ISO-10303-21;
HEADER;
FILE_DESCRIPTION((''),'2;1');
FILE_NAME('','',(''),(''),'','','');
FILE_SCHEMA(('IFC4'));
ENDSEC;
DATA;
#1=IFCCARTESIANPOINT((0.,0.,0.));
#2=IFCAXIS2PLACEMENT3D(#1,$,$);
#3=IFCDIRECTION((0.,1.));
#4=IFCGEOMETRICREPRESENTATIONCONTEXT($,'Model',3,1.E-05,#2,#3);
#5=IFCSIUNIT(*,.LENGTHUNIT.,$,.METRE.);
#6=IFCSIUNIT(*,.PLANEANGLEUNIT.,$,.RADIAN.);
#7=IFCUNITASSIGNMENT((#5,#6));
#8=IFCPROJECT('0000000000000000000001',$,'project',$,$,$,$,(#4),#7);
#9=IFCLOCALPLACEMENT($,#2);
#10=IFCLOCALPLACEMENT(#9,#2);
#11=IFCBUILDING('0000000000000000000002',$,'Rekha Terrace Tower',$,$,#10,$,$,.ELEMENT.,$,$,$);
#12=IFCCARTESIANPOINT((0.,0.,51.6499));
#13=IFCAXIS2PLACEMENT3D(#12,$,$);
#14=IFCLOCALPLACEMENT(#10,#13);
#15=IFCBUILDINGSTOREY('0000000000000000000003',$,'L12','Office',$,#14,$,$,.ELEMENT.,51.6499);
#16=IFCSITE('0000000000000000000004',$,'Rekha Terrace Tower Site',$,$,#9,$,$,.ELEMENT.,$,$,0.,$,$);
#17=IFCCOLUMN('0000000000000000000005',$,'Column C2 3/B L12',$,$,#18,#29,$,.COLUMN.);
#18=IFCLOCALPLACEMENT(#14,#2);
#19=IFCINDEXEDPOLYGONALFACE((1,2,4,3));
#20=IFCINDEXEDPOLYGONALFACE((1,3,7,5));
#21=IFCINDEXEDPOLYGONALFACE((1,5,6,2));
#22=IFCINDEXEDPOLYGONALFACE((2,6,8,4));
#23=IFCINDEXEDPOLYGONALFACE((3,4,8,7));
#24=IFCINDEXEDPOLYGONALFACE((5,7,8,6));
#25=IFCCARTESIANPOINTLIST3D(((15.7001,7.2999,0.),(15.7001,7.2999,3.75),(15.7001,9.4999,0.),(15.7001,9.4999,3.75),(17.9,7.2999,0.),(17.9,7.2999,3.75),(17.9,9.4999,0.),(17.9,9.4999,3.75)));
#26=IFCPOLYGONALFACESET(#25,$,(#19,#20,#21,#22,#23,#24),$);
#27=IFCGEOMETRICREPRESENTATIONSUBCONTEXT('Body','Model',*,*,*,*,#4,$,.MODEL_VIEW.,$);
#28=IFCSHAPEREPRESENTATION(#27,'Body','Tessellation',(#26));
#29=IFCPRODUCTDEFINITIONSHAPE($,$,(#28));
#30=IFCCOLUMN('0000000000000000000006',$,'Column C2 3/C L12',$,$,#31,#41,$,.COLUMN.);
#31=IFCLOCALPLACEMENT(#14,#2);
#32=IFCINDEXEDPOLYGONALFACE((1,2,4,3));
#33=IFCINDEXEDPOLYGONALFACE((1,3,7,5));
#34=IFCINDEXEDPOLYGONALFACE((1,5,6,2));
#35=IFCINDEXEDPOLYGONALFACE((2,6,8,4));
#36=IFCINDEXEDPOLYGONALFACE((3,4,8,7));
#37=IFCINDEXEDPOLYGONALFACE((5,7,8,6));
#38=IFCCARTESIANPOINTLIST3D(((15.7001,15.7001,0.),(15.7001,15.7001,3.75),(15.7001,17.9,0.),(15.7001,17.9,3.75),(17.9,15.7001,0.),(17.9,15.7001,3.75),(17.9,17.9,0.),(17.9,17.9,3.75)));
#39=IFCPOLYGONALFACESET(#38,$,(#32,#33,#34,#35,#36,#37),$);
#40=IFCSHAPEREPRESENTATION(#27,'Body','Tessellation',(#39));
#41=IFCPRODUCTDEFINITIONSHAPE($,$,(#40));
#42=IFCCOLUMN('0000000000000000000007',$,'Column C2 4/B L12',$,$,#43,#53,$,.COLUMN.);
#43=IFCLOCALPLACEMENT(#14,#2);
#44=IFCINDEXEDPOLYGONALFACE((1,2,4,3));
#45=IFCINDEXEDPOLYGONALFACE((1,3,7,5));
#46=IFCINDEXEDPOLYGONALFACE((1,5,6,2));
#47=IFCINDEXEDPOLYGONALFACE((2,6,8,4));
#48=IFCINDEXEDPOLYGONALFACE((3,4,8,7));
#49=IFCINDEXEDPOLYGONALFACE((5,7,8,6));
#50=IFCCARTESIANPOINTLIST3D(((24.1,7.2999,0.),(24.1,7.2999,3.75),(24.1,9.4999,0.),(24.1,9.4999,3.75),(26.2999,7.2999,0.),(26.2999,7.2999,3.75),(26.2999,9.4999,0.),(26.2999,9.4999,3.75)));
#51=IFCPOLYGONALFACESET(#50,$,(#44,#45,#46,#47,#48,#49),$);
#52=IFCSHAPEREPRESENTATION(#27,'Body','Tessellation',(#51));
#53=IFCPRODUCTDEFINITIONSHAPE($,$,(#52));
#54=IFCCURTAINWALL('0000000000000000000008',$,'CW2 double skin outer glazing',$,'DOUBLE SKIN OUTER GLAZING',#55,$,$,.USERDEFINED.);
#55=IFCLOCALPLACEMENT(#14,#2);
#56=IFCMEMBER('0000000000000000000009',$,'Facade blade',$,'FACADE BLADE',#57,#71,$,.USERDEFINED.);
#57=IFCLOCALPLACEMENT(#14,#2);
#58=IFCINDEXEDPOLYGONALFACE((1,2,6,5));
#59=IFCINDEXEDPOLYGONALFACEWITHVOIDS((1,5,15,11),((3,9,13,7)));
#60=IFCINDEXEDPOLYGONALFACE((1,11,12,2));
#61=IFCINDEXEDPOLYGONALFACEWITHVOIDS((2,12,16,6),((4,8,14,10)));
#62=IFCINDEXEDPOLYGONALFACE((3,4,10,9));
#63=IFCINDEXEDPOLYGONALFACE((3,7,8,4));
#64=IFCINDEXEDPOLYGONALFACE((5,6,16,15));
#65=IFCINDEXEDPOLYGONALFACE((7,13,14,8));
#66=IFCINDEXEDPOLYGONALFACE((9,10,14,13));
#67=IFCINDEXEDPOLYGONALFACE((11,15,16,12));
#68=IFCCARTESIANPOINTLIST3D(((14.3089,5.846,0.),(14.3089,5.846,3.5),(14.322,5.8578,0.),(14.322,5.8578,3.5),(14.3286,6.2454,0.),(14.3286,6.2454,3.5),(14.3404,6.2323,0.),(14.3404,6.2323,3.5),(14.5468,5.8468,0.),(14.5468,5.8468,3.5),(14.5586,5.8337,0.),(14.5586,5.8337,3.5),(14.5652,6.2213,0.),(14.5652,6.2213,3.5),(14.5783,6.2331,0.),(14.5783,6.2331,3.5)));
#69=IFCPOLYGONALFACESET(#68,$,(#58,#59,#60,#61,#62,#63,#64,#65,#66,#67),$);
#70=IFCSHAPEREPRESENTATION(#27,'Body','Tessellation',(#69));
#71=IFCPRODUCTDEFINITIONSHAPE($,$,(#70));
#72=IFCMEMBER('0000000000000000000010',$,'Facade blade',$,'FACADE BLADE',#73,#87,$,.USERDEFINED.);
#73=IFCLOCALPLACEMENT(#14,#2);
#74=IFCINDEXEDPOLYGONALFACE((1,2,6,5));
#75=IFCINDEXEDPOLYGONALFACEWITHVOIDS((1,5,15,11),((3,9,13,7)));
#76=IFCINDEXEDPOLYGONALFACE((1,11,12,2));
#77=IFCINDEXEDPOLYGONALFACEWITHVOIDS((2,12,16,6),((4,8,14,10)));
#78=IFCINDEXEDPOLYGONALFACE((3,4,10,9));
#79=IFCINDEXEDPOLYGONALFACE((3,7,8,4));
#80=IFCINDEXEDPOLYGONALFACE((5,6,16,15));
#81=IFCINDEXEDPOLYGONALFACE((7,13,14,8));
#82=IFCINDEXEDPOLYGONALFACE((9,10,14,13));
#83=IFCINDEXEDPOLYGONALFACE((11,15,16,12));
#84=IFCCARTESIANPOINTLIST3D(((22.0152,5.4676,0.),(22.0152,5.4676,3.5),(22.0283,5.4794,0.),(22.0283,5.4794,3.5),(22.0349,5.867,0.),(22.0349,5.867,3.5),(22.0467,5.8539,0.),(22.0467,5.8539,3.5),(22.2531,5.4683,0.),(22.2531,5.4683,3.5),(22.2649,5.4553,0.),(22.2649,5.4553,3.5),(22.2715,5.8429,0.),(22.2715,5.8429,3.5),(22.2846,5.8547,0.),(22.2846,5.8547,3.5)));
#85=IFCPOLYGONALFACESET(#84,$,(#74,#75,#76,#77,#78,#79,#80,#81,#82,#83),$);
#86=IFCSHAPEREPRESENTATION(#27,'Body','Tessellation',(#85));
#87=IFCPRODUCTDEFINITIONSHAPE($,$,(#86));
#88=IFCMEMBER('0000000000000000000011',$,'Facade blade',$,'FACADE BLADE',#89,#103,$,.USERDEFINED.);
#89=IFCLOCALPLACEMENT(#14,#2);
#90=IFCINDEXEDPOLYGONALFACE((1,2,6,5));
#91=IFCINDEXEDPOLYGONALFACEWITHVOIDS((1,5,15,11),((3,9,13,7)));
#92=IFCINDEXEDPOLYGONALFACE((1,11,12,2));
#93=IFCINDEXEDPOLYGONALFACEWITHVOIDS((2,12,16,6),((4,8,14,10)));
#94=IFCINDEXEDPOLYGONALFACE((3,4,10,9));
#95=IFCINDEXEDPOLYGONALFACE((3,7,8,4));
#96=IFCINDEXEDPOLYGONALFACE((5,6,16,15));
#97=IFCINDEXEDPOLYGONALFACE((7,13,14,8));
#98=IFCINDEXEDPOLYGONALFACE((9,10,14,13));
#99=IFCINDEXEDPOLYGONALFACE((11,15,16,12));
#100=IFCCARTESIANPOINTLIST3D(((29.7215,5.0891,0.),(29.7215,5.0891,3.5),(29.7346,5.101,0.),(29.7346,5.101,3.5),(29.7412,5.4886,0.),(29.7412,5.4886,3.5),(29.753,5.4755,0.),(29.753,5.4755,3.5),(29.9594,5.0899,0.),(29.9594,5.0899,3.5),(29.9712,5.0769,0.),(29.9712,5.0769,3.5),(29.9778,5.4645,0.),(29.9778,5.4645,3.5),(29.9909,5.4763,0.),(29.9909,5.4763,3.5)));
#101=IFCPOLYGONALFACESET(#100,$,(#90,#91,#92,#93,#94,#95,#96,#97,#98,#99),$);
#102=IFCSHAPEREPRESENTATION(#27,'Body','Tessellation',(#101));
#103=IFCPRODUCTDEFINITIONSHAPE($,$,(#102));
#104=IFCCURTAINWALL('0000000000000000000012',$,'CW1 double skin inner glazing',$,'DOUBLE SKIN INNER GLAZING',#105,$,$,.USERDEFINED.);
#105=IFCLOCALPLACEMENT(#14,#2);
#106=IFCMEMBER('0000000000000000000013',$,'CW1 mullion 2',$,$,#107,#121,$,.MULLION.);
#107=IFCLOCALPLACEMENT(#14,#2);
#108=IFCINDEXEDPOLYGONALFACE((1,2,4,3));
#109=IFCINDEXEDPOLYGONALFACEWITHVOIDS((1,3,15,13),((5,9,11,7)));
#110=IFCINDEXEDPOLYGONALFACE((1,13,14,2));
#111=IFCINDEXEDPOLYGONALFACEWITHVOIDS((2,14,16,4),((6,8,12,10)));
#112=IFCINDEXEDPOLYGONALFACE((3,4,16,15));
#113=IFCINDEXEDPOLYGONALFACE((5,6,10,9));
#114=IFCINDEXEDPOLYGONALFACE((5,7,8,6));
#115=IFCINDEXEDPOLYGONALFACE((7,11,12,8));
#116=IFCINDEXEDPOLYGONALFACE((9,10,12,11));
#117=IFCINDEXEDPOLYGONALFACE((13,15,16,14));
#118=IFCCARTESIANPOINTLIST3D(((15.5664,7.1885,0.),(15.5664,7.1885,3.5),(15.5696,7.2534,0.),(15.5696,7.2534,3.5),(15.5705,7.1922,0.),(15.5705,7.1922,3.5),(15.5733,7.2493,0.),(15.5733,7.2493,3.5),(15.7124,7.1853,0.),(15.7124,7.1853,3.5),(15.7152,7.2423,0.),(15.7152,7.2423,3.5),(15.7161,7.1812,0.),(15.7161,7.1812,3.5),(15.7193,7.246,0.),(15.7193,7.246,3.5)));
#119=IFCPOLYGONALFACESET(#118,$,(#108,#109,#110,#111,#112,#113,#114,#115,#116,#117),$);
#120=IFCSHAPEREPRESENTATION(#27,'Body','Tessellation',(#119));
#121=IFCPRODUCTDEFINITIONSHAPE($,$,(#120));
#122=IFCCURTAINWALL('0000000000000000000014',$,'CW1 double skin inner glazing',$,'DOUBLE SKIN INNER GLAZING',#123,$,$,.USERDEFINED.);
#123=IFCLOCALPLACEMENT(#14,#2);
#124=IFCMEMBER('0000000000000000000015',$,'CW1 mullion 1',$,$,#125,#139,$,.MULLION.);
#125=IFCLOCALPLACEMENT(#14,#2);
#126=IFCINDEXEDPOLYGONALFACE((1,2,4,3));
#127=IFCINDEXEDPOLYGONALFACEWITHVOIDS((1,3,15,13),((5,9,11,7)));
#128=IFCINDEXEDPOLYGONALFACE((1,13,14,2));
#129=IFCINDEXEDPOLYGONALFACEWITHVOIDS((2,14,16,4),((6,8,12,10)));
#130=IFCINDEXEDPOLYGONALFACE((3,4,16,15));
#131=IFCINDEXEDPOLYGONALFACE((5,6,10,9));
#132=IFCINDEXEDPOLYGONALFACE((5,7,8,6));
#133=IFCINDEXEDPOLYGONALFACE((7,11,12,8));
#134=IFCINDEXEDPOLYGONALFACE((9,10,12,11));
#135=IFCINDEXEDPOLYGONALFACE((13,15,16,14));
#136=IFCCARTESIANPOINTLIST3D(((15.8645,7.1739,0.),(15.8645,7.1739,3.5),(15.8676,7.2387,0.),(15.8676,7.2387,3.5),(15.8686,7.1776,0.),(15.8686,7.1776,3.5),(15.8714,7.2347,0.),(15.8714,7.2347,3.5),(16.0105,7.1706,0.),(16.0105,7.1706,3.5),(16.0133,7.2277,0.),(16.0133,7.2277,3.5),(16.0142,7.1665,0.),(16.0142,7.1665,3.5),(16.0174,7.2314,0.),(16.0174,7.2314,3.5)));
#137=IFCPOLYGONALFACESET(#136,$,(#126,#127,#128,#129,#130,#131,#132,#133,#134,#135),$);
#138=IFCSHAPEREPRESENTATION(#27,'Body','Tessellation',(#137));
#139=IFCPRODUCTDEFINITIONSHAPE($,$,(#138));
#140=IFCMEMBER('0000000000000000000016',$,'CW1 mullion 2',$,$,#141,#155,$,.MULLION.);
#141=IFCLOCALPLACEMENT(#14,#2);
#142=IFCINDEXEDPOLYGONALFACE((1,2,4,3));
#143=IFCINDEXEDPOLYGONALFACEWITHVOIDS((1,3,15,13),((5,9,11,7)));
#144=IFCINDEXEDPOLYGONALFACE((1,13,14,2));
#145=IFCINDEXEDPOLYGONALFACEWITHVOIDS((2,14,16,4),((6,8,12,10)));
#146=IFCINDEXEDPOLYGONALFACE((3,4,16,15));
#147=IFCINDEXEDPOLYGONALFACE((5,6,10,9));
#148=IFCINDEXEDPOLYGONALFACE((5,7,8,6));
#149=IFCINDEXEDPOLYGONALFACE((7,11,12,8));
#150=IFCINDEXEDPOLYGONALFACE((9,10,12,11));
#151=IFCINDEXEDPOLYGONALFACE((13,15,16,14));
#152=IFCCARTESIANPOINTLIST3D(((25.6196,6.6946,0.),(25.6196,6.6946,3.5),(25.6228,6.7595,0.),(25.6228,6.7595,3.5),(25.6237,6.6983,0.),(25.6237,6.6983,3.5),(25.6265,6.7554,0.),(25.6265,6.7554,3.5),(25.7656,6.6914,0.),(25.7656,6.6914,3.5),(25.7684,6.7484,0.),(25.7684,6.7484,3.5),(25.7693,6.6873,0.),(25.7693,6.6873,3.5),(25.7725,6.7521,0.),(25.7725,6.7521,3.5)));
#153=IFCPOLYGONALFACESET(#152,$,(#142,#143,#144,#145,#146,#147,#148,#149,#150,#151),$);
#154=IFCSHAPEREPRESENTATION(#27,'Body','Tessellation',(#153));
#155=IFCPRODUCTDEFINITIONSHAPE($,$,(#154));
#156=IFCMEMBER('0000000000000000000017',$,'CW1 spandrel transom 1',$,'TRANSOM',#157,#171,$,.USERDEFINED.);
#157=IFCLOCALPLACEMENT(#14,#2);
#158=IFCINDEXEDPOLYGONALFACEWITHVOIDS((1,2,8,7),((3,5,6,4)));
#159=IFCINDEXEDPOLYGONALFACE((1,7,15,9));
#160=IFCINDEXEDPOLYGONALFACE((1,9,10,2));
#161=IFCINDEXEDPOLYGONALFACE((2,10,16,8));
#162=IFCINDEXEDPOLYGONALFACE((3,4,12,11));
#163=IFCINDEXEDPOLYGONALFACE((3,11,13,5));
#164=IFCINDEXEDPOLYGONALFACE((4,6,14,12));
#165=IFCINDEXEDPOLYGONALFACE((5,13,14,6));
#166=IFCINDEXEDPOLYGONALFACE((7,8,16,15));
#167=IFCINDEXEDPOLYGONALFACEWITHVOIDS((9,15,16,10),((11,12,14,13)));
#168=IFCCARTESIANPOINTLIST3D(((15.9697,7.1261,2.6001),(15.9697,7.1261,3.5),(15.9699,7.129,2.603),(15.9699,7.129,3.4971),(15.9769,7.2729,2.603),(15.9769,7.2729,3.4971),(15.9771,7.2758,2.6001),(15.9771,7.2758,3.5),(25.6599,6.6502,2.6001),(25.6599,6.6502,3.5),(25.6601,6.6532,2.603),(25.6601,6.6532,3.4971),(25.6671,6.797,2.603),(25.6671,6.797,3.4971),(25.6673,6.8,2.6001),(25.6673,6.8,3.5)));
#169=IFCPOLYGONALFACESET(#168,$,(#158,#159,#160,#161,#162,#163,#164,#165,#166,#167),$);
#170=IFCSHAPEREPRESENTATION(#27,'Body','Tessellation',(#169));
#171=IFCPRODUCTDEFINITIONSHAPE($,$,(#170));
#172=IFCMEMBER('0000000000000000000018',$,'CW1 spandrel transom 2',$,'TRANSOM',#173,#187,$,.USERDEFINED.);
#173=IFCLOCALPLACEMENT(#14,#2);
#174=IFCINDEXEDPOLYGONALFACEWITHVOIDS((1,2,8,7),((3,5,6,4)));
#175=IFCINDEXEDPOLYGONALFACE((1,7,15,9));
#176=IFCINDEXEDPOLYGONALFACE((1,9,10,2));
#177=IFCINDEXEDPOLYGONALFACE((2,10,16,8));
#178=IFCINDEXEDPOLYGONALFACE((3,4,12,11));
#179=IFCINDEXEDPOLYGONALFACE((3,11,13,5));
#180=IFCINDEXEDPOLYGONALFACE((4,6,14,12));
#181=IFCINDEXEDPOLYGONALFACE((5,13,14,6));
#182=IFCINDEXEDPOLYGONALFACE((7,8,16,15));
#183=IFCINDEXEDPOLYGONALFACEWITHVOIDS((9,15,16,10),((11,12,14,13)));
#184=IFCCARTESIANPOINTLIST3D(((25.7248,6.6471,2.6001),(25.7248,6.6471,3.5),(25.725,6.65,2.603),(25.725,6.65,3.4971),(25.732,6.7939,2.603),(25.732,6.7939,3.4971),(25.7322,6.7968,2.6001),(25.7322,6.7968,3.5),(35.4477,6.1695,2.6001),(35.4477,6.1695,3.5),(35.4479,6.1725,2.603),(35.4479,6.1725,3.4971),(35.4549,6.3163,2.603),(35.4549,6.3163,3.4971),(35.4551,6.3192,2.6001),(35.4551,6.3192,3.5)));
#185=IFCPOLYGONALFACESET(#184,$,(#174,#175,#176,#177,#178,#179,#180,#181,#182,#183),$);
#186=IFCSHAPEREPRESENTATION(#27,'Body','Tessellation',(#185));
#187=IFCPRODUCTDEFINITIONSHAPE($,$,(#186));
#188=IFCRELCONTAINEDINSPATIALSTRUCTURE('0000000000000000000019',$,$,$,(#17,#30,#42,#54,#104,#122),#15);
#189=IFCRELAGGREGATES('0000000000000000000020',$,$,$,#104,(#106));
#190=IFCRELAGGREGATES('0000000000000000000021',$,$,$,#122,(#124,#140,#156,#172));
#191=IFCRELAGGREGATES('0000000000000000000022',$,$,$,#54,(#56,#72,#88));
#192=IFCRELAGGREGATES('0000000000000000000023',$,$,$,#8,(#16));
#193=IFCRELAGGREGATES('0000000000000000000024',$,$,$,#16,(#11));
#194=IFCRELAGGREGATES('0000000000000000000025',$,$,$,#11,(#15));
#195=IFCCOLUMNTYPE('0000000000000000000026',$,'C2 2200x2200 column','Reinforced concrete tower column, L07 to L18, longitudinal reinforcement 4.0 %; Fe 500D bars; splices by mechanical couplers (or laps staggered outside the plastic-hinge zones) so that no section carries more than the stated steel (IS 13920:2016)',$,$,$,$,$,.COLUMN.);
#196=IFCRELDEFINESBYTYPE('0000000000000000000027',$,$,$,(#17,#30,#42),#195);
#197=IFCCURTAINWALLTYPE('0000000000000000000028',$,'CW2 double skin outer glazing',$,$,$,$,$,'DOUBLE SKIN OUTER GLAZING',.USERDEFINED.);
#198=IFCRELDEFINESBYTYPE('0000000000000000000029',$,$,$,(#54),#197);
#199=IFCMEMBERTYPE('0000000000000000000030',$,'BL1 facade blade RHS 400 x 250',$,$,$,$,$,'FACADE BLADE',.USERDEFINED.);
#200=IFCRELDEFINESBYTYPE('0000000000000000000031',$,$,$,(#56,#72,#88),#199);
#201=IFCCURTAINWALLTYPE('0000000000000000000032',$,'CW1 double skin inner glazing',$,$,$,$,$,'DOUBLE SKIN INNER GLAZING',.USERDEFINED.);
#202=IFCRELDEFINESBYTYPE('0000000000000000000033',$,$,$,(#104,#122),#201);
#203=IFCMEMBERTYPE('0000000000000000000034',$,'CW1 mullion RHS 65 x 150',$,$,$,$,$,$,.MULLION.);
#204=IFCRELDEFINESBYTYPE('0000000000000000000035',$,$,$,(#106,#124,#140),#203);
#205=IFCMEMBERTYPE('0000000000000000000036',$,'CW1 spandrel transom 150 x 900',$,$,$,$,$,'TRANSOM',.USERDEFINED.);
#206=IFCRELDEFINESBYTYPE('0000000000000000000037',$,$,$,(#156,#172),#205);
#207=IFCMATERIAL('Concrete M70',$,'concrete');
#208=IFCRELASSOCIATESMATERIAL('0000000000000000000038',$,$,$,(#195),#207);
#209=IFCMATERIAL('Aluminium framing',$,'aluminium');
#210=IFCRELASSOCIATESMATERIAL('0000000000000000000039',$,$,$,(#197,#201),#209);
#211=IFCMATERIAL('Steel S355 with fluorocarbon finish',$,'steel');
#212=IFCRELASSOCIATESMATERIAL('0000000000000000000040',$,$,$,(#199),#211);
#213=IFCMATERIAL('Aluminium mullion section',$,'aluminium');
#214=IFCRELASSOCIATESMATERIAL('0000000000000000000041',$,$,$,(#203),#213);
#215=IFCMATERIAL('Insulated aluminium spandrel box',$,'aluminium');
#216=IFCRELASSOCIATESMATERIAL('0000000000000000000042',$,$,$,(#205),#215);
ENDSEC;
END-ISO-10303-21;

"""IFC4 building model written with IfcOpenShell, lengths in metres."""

from ifc_helpers import new_model, si_unit, direction, frame, origin, origin_2d, place, context, subcontext, project, spatial, rectangle, hollow_rectangle, extrude, material, material_profile, profile_set, type_object, element, aggregate, save


model = new_model("IFC4")

# Units and contexts
model_context = context("Model", 3, precision=1e-05, world=origin(), true_north=direction((0.0, 1.0)))
body_context = subcontext(model_context, "Body", "Model", "MODEL_VIEW")
ifc_project = project(units=[si_unit("LENGTHUNIT", "METRE"), si_unit("PLANEANGLEUNIT", "RADIAN")], contexts=[model_context])

# Site, building, storey
site_placement = place(None, origin())
site = spatial("IfcSite", under=ifc_project, at=site_placement, Name="Rekha Terrace Tower Site", CompositionType="ELEMENT", RefElevation=0.0)
building_placement = place(site_placement, origin())
building = spatial("IfcBuilding", under=site, at=building_placement, Name="Rekha Terrace Tower", CompositionType="ELEMENT")
storey_placement = place(building_placement, frame((0.0, 0.0, 51.6499)))
storey = spatial("IfcBuildingStorey", under=building, at=storey_placement, Name="L12", Description="Office", CompositionType="ELEMENT", Elevation=51.6499)

# Columns
ifc_material_1 = material(Name="Concrete M70", Category="concrete")
ifc_material_profile_1 = material_profile(ifc_material_1, rectangle(XDim=2.2, YDim=2.2, at=origin_2d()), Name="RC 2200x2200")
ifc_profile_set_1 = profile_set([ifc_material_profile_1], Name="Concrete M70")
column_type = type_object("IfcColumnType", Name="C2 2200x2200 column", Description="Reinforced concrete tower column, L07 to L18, longitudinal reinforcement 4.0 %; Fe 500D bars; splices by mechanical couplers (or laps staggered outside the plastic-hinge zones) so that no section carries more than the stated steel (IS 13920:2016)", PredefinedType="COLUMN", material=ifc_profile_set_1)
for number, where, z_axis, x_axis, name in (
    (1, (16.8, 8.3999, 0.0), (0.0, 0.0, 1.0), (1.0, 0.0, 0.0), "Column C2 3/B L12"),
    (2, (16.8, 16.8, 0.0), (0.0, 0.0, 1.0), (1.0, 0.0, 0.0), "Column C2 3/C L12"),
    (3, (25.2, 8.3999, 0.0), (0.0, 0.0, 1.0), (1.0, 0.0, 0.0), "Column C2 4/B L12"),
):
    element("IfcColumn", number, at=place(storey_placement, frame(where, z_axis=z_axis, x_axis=x_axis)), inside=storey, type_object=column_type, Name=name, PredefinedType="COLUMN", context=body_context, shape_type="SweptSolid", body=[
        extrude(rectangle(XDim=2.2, YDim=2.2, at=origin_2d()), origin(), (0.0, 0.0, 1.0), 3.75),
    ])

# Curtain wall, members
ifc_material_2 = material(Name="Aluminium framing", Category="aluminium")
curtain_wall_type_1 = type_object("IfcCurtainWallType", Name="CW2 double skin outer glazing", ElementType="DOUBLE SKIN OUTER GLAZING", PredefinedType="USERDEFINED", material=ifc_material_2)
curtain_wall_1_placement = place(storey_placement, origin())
curtain_wall_1 = element("IfcCurtainWall", 4, at=curtain_wall_1_placement, inside=storey, type_object=curtain_wall_type_1, Name="CW2 double skin outer glazing", ObjectType="DOUBLE SKIN OUTER GLAZING", PredefinedType="USERDEFINED")
ifc_material_3 = material(Name="Steel S355 with fluorocarbon finish", Category="steel")
ifc_material_profile_2 = material_profile(ifc_material_3, hollow_rectangle(XDim=0.25, YDim=0.3999, WallThickness=0.0125, at=origin_2d()), Name="RHS400x250x12.5")
ifc_profile_set_2 = profile_set([ifc_material_profile_2], Name="Steel S355 with fluorocarbon finish")
member_type_1 = type_object("IfcMemberType", Name="BL1 facade blade RHS 400 x 250", ElementType="FACADE BLADE", PredefinedType="USERDEFINED", material=ifc_profile_set_2)
member_1_placement = place(storey_placement, frame((14.4436, 6.0396, 0.0), z_axis=(0.0, 0.0, 1.0), x_axis=(0.998796, -0.049052, 0.0)))
member_1 = element("IfcMember", 5, at=member_1_placement, type_object=member_type_1, Name="Facade blade", ObjectType="FACADE BLADE", PredefinedType="USERDEFINED", context=body_context, shape_type="SweptSolid", body=[
    extrude(hollow_rectangle(XDim=0.25, YDim=0.3999, WallThickness=0.0125, at=origin_2d()), origin(), (0.0, 0.0, 1.0), 3.5),
])
member_2_placement = place(storey_placement, frame((22.1499, 5.6611, 0.0), z_axis=(0.0, 0.0, 1.0), x_axis=(0.998796, -0.049052, 0.0)))
member_2 = element("IfcMember", 6, at=member_2_placement, type_object=member_type_1, Name="Facade blade", ObjectType="FACADE BLADE", PredefinedType="USERDEFINED", context=body_context, shape_type="SweptSolid", body=[
    extrude(hollow_rectangle(XDim=0.25, YDim=0.3999, WallThickness=0.0125, at=origin_2d()), origin(), (0.0, 0.0, 1.0), 3.5),
])
member_3_placement = place(storey_placement, frame((29.8562, 5.2827, 0.0), z_axis=(0.0, 0.0, 1.0), x_axis=(0.998796, -0.049052, 0.0)))
member_3 = element("IfcMember", 7, at=member_3_placement, type_object=member_type_1, Name="Facade blade", ObjectType="FACADE BLADE", PredefinedType="USERDEFINED", context=body_context, shape_type="SweptSolid", body=[
    extrude(hollow_rectangle(XDim=0.25, YDim=0.3999, WallThickness=0.0125, at=origin_2d()), origin(), (0.0, 0.0, 1.0), 3.5),
])

# Curtain wall, member
curtain_wall_type_2 = type_object("IfcCurtainWallType", Name="CW1 double skin inner glazing", ElementType="DOUBLE SKIN INNER GLAZING", PredefinedType="USERDEFINED", material=ifc_material_2)
curtain_wall_2_placement = place(storey_placement, origin())
curtain_wall_2 = element("IfcCurtainWall", 8, at=curtain_wall_2_placement, inside=storey, type_object=curtain_wall_type_2, Name="CW1 double skin inner glazing", ObjectType="DOUBLE SKIN INNER GLAZING", PredefinedType="USERDEFINED")
ifc_material_4 = material(Name="Aluminium mullion section", Category="aluminium")
ifc_material_profile_3 = material_profile(ifc_material_4, hollow_rectangle(XDim=0.0649, YDim=0.1499, WallThickness=0.0039, at=origin_2d()), Name="AL RHS 65x150")
ifc_profile_set_3 = profile_set([ifc_material_profile_3], Name="Aluminium mullion section")
member_type_2 = type_object("IfcMemberType", Name="CW1 mullion RHS 65 x 150", PredefinedType="MULLION", material=ifc_profile_set_3)
member_4_placement = place(storey_placement, frame((15.6428, 7.2173, 0.0), z_axis=(0.0, 0.0, 1.0), x_axis=(0.049052, 0.998796, 0.0)))
member_4 = element("IfcMember", 9, at=member_4_placement, type_object=member_type_2, Name="CW1 mullion 2", PredefinedType="MULLION", context=body_context, shape_type="SweptSolid", body=[
    extrude(hollow_rectangle(XDim=0.0649, YDim=0.1499, WallThickness=0.0039, at=origin_2d()), origin(), (0.0, 0.0, 1.0), 3.5),
])

# Curtain wall, members
curtain_wall_3_placement = place(storey_placement, origin())
curtain_wall_3 = element("IfcCurtainWall", 10, at=curtain_wall_3_placement, inside=storey, type_object=curtain_wall_type_2, Name="CW1 double skin inner glazing", ObjectType="DOUBLE SKIN INNER GLAZING", PredefinedType="USERDEFINED")
member_5_placement = place(storey_placement, frame((15.9409, 7.2026, 0.0), z_axis=(0.0, 0.0, 1.0), x_axis=(0.049052, 0.998796, 0.0)))
member_5 = element("IfcMember", 11, at=member_5_placement, type_object=member_type_2, Name="CW1 mullion 1", PredefinedType="MULLION", context=body_context, shape_type="SweptSolid", body=[
    extrude(hollow_rectangle(XDim=0.0649, YDim=0.1499, WallThickness=0.0039, at=origin_2d()), origin(), (0.0, 0.0, 1.0), 3.5),
])
member_6_placement = place(storey_placement, frame((25.696, 6.7234, 0.0), z_axis=(0.0, 0.0, 1.0), x_axis=(0.049052, 0.998796, 0.0)))
member_6 = element("IfcMember", 12, at=member_6_placement, type_object=member_type_2, Name="CW1 mullion 2", PredefinedType="MULLION", context=body_context, shape_type="SweptSolid", body=[
    extrude(hollow_rectangle(XDim=0.0649, YDim=0.1499, WallThickness=0.0039, at=origin_2d()), origin(), (0.0, 0.0, 1.0), 3.5),
])
ifc_material_5 = material(Name="Insulated aluminium spandrel box", Category="aluminium")
ifc_material_profile_4 = material_profile(ifc_material_5, hollow_rectangle(XDim=0.1499, YDim=0.8999, WallThickness=0.0029, at=origin_2d()), Name="AL SPANDREL BOX 150x900")
ifc_profile_set_4 = profile_set([ifc_material_profile_4], Name="Insulated aluminium spandrel box")
member_type_3 = type_object("IfcMemberType", Name="CW1 spandrel transom 150 x 900", ElementType="TRANSOM", PredefinedType="USERDEFINED", material=ifc_profile_set_4)
member_7_placement = place(storey_placement, frame((15.9734, 7.2009, 3.05), z_axis=(0.998797, -0.049045, 0.0), x_axis=(0.049045, 0.998797, 0.0)))
member_7 = element("IfcMember", 13, at=member_7_placement, type_object=member_type_3, Name="CW1 spandrel transom 1", ObjectType="TRANSOM", PredefinedType="USERDEFINED", context=body_context, shape_type="SweptSolid", body=[
    extrude(hollow_rectangle(XDim=0.1499, YDim=0.8999, WallThickness=0.0029, at=origin_2d()), origin(), (0.0, 0.0, 1.0), 9.7019),
])
member_8_placement = place(storey_placement, frame((25.7285, 6.7219, 3.05), z_axis=(0.998796, -0.049056, 0.0), x_axis=(0.049056, 0.998796, 0.0)))
member_8 = element("IfcMember", 14, at=member_8_placement, type_object=member_type_3, Name="CW1 spandrel transom 2", ObjectType="TRANSOM", PredefinedType="USERDEFINED", context=body_context, shape_type="SweptSolid", body=[
    extrude(hollow_rectangle(XDim=0.1499, YDim=0.8999, WallThickness=0.0029, at=origin_2d()), origin(), (0.0, 0.0, 1.0), 9.7346),
])

aggregate(curtain_wall_2, [member_4])
aggregate(curtain_wall_3, [member_5, member_6, member_7, member_8])
aggregate(curtain_wall_1, [member_1, member_2, member_3])

save(model, "model.ifc")
